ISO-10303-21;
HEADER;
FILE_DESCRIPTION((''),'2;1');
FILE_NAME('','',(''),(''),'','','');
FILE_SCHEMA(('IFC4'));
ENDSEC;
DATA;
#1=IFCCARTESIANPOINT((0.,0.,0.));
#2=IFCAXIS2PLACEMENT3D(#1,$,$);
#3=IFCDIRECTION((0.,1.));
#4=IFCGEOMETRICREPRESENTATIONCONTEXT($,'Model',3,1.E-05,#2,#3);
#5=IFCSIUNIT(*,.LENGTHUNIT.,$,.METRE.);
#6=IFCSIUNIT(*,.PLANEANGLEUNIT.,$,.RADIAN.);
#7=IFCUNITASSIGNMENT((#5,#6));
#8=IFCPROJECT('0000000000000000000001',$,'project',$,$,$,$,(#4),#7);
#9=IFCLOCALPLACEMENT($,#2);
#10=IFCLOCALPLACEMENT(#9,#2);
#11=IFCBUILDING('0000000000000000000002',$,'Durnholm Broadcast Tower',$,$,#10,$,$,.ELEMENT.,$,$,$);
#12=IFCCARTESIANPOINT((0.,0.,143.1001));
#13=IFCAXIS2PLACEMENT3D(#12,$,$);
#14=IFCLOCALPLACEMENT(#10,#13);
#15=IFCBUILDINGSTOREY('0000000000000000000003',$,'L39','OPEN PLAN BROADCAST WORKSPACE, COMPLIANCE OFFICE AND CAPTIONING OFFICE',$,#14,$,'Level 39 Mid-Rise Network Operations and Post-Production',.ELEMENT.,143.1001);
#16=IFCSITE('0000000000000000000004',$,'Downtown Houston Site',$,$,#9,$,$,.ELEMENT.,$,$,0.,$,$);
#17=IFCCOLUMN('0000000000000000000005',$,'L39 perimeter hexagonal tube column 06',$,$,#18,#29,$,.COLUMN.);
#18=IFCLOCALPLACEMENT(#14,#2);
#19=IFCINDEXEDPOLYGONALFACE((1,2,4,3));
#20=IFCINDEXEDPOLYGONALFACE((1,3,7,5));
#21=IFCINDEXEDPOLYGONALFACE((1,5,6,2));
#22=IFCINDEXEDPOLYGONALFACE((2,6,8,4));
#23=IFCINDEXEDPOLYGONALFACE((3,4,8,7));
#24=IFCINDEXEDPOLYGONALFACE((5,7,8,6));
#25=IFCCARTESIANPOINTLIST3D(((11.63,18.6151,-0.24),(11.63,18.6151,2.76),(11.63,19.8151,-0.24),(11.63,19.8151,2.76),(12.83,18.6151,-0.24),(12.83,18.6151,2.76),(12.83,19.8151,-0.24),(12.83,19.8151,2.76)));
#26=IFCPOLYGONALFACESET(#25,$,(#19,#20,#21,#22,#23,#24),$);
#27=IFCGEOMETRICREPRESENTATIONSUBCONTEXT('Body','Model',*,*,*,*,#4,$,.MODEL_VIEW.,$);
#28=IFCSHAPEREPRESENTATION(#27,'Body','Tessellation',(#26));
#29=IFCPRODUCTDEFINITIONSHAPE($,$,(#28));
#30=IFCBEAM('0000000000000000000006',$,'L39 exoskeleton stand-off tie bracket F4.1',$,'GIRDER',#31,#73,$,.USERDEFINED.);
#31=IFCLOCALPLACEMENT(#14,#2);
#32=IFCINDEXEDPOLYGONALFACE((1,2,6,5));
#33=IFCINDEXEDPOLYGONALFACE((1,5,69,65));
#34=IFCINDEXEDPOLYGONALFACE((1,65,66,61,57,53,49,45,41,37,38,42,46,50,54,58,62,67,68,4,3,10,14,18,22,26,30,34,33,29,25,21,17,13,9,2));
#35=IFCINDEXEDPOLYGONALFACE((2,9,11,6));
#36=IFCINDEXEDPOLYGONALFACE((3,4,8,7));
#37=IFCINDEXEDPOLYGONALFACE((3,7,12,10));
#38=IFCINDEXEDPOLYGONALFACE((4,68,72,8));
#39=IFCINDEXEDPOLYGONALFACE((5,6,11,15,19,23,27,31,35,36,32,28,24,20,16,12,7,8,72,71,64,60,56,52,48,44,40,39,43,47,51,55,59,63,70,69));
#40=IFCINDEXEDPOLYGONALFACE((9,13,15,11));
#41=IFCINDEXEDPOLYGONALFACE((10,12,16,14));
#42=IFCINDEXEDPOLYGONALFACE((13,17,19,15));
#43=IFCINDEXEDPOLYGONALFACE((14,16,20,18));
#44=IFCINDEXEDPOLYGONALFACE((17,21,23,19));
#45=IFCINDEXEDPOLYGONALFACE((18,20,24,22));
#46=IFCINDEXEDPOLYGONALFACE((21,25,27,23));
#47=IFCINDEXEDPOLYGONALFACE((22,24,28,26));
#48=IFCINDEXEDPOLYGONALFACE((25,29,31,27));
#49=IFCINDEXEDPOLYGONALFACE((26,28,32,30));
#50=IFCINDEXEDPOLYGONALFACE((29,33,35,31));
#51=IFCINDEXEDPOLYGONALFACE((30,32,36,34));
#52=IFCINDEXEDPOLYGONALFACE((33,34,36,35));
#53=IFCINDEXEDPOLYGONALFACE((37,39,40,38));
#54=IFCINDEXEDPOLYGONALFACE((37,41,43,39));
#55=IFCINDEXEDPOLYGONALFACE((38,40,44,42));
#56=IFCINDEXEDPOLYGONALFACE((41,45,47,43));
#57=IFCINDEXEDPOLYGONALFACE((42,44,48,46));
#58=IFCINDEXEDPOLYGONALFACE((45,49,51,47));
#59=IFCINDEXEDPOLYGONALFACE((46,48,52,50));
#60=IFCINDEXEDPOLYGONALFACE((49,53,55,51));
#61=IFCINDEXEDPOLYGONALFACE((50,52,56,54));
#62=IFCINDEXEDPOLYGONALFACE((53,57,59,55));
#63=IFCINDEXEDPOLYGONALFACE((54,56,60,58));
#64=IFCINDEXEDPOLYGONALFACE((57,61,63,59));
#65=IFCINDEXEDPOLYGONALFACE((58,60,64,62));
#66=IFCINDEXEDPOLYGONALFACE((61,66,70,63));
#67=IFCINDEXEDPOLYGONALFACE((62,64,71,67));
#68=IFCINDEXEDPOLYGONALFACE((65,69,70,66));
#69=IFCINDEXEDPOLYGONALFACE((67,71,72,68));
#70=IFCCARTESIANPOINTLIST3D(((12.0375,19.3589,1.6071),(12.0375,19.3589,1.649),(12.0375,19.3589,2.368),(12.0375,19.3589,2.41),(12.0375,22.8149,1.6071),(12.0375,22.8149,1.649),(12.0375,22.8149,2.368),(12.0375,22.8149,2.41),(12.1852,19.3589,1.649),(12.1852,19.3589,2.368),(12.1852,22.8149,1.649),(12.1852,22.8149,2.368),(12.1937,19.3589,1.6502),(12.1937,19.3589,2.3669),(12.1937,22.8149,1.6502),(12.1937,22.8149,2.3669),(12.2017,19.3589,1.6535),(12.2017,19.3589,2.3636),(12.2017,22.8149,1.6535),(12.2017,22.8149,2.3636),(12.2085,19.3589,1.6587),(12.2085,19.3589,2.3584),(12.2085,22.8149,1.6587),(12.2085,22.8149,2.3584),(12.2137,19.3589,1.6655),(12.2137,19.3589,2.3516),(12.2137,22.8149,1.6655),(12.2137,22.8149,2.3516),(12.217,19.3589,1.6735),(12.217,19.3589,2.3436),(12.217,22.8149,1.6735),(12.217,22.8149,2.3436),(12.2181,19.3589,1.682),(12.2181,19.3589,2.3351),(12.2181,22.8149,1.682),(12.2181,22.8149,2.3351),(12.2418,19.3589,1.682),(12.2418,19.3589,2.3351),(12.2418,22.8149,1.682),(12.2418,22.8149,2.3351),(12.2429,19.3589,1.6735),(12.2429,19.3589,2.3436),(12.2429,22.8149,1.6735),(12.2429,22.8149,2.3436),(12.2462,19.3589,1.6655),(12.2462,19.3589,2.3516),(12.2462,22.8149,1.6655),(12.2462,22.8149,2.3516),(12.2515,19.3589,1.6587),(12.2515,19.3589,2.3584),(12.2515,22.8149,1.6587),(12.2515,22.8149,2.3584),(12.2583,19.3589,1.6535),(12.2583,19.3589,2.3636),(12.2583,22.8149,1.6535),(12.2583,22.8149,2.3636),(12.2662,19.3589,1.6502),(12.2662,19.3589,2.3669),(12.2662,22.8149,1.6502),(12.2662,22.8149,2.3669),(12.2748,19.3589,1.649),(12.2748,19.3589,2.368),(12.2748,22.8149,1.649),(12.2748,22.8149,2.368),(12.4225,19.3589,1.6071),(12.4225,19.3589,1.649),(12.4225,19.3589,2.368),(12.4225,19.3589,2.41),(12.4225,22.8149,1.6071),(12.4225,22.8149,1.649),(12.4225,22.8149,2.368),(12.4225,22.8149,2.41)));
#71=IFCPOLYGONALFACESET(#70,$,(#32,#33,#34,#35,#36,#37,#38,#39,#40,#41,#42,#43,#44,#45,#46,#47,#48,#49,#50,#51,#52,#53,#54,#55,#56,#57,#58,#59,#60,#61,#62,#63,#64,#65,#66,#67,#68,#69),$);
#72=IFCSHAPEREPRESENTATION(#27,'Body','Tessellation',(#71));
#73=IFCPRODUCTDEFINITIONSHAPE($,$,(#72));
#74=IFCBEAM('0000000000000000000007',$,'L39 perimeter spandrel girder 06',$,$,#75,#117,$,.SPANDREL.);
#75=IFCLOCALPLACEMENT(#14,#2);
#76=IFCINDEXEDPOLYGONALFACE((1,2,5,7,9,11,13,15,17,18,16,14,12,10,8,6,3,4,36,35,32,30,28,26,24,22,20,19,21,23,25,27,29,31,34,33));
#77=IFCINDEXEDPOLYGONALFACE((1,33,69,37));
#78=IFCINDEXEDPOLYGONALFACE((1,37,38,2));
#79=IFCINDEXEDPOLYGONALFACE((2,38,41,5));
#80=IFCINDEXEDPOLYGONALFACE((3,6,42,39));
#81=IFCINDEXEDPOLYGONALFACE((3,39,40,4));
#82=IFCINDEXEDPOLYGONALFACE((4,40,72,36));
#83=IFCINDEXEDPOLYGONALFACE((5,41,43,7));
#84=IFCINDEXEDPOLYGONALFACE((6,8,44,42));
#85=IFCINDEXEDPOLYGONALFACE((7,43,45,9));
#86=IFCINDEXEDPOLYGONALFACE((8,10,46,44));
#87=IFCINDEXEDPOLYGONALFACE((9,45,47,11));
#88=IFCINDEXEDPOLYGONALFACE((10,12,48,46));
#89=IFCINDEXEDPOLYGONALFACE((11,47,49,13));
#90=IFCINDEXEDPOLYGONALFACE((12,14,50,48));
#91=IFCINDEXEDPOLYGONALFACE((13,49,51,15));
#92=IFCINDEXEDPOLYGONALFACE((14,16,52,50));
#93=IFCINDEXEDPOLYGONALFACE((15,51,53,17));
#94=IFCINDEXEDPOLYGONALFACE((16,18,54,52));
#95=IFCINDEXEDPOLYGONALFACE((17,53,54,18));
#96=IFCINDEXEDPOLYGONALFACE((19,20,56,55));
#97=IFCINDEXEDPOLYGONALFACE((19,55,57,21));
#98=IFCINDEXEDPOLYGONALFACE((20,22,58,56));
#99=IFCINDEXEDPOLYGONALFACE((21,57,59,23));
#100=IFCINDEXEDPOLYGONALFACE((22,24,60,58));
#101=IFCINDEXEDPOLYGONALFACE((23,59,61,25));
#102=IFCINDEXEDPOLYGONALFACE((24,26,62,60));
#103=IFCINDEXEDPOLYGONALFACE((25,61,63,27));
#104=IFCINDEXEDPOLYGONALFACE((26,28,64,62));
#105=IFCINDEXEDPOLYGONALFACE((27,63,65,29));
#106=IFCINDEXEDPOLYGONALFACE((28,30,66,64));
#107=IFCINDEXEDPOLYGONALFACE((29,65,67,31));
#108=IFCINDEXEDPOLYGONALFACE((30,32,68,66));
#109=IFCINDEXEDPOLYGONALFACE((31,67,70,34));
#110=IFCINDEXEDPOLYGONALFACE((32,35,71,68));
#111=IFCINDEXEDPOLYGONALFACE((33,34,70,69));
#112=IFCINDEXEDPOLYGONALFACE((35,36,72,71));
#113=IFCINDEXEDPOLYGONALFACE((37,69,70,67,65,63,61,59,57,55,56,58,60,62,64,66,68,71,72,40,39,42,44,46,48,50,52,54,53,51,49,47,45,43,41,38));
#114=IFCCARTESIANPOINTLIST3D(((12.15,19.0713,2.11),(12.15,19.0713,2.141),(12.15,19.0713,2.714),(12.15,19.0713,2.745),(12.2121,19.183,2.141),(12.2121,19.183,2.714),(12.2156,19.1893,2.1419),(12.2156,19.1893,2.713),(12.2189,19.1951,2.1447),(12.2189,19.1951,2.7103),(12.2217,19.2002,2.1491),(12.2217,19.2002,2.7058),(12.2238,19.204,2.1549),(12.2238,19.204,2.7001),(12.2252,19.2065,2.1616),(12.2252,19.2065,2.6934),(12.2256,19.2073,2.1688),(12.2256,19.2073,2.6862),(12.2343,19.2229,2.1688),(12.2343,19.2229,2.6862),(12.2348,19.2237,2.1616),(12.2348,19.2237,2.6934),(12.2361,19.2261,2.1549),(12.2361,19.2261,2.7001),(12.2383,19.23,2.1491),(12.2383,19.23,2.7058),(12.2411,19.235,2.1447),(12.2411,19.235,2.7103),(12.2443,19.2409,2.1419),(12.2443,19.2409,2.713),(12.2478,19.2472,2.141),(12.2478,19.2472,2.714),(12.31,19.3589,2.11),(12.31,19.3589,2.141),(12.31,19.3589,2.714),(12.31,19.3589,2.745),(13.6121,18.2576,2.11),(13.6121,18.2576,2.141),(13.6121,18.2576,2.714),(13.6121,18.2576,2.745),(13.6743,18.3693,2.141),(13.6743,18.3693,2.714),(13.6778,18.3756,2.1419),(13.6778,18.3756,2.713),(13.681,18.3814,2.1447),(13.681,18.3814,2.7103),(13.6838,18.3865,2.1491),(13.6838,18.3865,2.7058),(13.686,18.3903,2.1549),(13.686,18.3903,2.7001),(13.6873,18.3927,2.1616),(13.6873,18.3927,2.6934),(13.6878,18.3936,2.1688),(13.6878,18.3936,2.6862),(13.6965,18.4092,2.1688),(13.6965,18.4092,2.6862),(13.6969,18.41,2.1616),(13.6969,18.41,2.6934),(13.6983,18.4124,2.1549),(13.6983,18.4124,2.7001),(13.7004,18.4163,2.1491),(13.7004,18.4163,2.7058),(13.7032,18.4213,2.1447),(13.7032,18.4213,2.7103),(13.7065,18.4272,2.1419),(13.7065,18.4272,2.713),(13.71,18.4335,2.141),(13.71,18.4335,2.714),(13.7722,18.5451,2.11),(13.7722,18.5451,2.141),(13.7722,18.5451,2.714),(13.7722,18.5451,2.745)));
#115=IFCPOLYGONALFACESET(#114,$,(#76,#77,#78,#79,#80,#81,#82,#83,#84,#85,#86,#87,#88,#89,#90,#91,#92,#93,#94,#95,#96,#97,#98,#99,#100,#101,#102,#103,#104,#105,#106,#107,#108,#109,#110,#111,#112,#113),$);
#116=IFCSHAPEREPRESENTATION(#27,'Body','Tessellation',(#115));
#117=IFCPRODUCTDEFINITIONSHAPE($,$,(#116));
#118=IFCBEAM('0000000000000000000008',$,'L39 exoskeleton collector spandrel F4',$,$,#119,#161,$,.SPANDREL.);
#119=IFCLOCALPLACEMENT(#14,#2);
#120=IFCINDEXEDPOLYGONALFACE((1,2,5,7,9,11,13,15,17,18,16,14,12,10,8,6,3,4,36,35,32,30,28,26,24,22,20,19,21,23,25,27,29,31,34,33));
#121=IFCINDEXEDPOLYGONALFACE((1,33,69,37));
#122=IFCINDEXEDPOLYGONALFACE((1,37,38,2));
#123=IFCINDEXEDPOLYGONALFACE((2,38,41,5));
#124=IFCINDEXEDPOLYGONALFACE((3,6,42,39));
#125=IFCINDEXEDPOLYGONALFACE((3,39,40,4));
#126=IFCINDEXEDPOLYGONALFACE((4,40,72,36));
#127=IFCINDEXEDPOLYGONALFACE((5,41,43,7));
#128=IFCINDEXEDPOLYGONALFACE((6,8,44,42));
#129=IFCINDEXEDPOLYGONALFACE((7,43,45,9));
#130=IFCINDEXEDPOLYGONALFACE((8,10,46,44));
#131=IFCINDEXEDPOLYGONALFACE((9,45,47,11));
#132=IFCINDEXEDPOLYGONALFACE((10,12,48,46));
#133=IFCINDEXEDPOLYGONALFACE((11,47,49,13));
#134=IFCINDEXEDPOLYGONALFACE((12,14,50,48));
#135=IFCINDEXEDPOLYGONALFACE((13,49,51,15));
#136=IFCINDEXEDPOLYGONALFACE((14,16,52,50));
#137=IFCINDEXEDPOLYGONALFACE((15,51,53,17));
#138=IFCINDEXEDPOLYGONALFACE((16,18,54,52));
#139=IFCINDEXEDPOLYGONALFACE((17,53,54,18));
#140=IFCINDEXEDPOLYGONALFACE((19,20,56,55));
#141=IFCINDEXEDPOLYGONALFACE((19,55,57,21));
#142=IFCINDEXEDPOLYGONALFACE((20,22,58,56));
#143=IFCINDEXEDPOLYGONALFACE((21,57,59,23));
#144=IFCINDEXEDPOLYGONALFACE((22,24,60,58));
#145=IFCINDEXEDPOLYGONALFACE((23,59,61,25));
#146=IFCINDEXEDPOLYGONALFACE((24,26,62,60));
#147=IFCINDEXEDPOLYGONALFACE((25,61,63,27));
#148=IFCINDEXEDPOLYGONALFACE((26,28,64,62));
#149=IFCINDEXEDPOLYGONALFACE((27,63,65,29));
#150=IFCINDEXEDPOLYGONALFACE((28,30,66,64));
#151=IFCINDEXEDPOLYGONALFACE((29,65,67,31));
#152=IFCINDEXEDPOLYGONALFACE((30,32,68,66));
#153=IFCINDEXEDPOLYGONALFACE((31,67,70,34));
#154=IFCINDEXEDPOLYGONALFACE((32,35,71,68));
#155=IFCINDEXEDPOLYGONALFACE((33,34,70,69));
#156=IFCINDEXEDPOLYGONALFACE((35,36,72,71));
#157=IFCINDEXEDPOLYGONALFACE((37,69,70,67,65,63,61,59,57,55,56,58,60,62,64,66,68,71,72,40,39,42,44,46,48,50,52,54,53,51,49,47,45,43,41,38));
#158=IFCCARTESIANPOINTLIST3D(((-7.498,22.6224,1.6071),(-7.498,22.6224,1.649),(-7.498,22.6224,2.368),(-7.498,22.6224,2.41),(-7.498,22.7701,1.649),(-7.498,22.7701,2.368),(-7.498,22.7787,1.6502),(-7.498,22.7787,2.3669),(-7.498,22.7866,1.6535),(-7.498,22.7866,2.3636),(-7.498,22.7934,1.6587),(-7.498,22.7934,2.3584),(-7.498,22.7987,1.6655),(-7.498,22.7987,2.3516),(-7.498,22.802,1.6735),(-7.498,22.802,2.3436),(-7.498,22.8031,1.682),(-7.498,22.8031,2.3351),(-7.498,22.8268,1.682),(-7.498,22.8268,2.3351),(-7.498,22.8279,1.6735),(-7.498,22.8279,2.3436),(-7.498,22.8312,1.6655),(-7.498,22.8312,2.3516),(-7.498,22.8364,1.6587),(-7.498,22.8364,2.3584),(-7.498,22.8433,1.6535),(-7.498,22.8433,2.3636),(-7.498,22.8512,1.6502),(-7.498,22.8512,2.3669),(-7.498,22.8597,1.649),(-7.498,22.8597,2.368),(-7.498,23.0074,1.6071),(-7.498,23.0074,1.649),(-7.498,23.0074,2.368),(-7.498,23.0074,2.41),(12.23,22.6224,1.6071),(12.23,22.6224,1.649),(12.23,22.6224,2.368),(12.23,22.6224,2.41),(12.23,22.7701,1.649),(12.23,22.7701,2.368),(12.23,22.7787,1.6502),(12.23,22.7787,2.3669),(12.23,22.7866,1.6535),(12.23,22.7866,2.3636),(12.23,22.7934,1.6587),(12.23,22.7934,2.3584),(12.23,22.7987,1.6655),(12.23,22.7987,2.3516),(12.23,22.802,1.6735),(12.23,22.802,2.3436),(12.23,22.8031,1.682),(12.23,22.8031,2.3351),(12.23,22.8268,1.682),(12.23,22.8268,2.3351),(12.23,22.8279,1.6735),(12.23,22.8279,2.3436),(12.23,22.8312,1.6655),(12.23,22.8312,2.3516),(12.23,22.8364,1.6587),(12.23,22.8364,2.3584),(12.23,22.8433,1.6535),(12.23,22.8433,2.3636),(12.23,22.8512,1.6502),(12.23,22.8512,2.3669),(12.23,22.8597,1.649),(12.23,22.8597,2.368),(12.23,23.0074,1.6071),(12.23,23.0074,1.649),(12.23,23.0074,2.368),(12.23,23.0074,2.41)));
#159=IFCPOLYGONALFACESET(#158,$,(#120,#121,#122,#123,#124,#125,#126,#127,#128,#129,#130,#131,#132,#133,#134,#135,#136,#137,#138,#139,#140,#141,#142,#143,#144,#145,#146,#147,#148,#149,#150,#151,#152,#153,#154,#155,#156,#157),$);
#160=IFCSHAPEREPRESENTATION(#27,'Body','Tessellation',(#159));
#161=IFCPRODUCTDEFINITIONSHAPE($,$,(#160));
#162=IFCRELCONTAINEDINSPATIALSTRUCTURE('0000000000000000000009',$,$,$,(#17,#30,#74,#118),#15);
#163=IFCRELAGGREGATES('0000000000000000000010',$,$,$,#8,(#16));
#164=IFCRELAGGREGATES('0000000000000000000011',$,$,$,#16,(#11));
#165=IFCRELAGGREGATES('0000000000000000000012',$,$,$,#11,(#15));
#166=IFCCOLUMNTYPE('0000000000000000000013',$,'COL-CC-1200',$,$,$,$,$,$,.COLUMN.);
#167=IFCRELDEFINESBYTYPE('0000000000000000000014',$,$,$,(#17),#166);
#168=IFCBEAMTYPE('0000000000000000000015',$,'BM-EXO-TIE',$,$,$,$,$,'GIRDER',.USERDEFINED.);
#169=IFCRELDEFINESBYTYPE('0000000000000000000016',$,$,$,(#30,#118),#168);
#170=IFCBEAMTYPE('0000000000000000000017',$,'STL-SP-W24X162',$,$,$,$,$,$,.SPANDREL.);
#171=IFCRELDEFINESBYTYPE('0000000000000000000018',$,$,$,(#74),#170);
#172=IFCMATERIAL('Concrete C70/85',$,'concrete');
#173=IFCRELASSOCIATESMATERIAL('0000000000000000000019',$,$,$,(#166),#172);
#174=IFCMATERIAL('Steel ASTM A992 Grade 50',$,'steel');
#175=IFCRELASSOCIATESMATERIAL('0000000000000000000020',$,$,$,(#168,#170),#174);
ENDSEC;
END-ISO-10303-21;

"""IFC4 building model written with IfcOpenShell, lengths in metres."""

from ifc_helpers import new_model, si_unit, direction, frame, origin, origin_2d, place, context, subcontext, project, spatial, rectangle, i_section, extrude, source, transform, mapped, material, material_profile, profile_set, type_object, type_shapes, element, save


model = new_model("IFC4")

# Units and contexts
model_context = context("Model", 3, precision=1e-05, world=origin(), true_north=direction((0.0, 1.0)))
body_context = subcontext(model_context, "Body", "Model", "MODEL_VIEW")
ifc_project = project(units=[si_unit("LENGTHUNIT", "METRE"), si_unit("PLANEANGLEUNIT", "RADIAN")], contexts=[model_context])

# Site, building, storey
site_placement = place(None, origin())
site = spatial("IfcSite", under=ifc_project, at=site_placement, Name="Downtown Houston Site", CompositionType="ELEMENT", RefElevation=0.0)
building_placement = place(site_placement, origin())
building = spatial("IfcBuilding", under=site, at=building_placement, Name="Durnholm Broadcast Tower", CompositionType="ELEMENT")
storey_placement = place(building_placement, frame((0.0, 0.0, 143.1001)))
storey = spatial("IfcBuildingStorey", under=building, at=storey_placement, Name="L39", Description="OPEN PLAN BROADCAST WORKSPACE, COMPLIANCE OFFICE AND CAPTIONING OFFICE", LongName="Level 39 Mid-Rise Network Operations and Post-Production", CompositionType="ELEMENT", Elevation=143.1001)

# Column
ifc_material_1 = material(Name="Concrete C70/85", Category="concrete")
ifc_material_profile_1 = material_profile(ifc_material_1, rectangle(XDim=1.2, YDim=1.2, at=origin_2d()), Name="RC1200X1200")
ifc_profile_set_1 = profile_set([ifc_material_profile_1], Name="Concrete C70/85")
column_type = type_object("IfcColumnType", Name="COL-CC-1200", PredefinedType="COLUMN", material=ifc_profile_set_1)
shared_shape_1 = source(origin(), body_context, "Body", "SweptSolid", [
    extrude(rectangle(XDim=1.2, YDim=1.2, at=origin_2d()), origin(), (0.0, 0.0, 1.0), 3.0),
])
type_shapes(column_type, [shared_shape_1])
column_placement = place(storey_placement, frame((12.23, 19.2151, -0.24), z_axis=(0.0, 0.0, 1.0), x_axis=(1.0, 0.0, 0.0)))
element("IfcColumn", 1, at=column_placement, inside=storey, type_object=column_type, Name="L39 perimeter hexagonal tube column 06", PredefinedType="COLUMN", context=body_context, shape_type="MappedRepresentation", body=[
    mapped(shared_shape_1, transform((0.0, 0.0, 0.0), x_axis=(1.0, 0.0, 0.0), y_axis=(0.0, 1.0, 0.0), z_axis=(0.0, 0.0, 1.0), scale=1.0)),
])

# Beams
ifc_material_2 = material(Name="Steel ASTM A992 Grade 50", Category="steel")
ifc_material_profile_2 = material_profile(ifc_material_2, i_section(OverallWidth=0.385, OverallDepth=0.803, WebThickness=0.0237, FlangeThickness=0.042, FilletRadius=0.033, at=origin_2d()), Name="W30X261")
ifc_profile_set_2 = profile_set([ifc_material_profile_2], Name="Steel ASTM A992 Grade 50")
beam_type_1 = type_object("IfcBeamType", Name="BM-EXO-TIE", ElementType="GIRDER", PredefinedType="USERDEFINED", material=ifc_profile_set_2)
shared_shape_2 = source(origin(), body_context, "Body", "SweptSolid", [
    extrude(i_section(OverallWidth=0.385, OverallDepth=0.803, WebThickness=0.0237, FlangeThickness=0.042, FilletRadius=0.033, at=origin_2d()), origin(), (0.0, 0.0, 1.0), 3.4561),
])
beam_1_placement = place(storey_placement, frame((12.23, 19.3589, 2.0085), z_axis=(0.0, 1.0, 0.0), x_axis=(-1.0, 0.0, 0.0)))
element("IfcBeam", 2, at=beam_1_placement, inside=storey, type_object=beam_type_1, Name="L39 exoskeleton stand-off tie bracket F4.1", ObjectType="GIRDER", PredefinedType="USERDEFINED", context=body_context, shape_type="MappedRepresentation", body=[
    mapped(shared_shape_2, transform((0.0, 0.0, 0.0), x_axis=(1.0, 0.0, 0.0), y_axis=(0.0, 1.0, 0.0), z_axis=(0.0, 0.0, 1.0), scale=1.0)),
])
ifc_material_profile_3 = material_profile(ifc_material_2, i_section(OverallWidth=0.3291, OverallDepth=0.635, WebThickness=0.0178, FlangeThickness=0.031, FilletRadius=0.0278, at=origin_2d()), Name="W24X162")
ifc_profile_set_3 = profile_set([ifc_material_profile_3], Name="Steel ASTM A992 Grade 50")
beam_type_2 = type_object("IfcBeamType", Name="STL-SP-W24X162", PredefinedType="SPANDREL", material=ifc_profile_set_3)
shared_shape_3 = source(origin(), body_context, "Body", "SweptSolid", [
    extrude(i_section(OverallWidth=0.3291, OverallDepth=0.635, WebThickness=0.0178, FlangeThickness=0.031, FilletRadius=0.0278, at=origin_2d()), origin(), (0.0, 0.0, 1.0), 1.6733),
])
type_shapes(beam_type_2, [shared_shape_3])
beam_2_placement = place(storey_placement, frame((12.23, 19.2151, 2.4275), z_axis=(0.873799, -0.486287, 0.0), x_axis=(0.486287, 0.873799, 0.0)))
element("IfcBeam", 3, at=beam_2_placement, inside=storey, type_object=beam_type_2, Name="L39 perimeter spandrel girder 06", PredefinedType="SPANDREL", context=body_context, shape_type="MappedRepresentation", body=[
    mapped(shared_shape_3, transform((0.0, 0.0, 0.0), x_axis=(1.0, 0.0, 0.0), y_axis=(0.0, 1.0, 0.0), z_axis=(0.0, 0.0, 1.0), scale=1.0)),
])
shared_shape_4 = source(origin(), body_context, "Body", "SweptSolid", [
    extrude(i_section(OverallWidth=0.385, OverallDepth=0.803, WebThickness=0.0237, FlangeThickness=0.042, FilletRadius=0.033, at=origin_2d()), origin(), (0.0, 0.0, 1.0), 19.728),
])
type_shapes(beam_type_1, [shared_shape_2, shared_shape_4])
beam_3_placement = place(storey_placement, frame((12.23, 22.8149, 2.0085), z_axis=(-1.0, 0.0, 0.0), x_axis=(0.0, -1.0, 0.0)))
element("IfcBeam", 4, at=beam_3_placement, inside=storey, type_object=beam_type_1, Name="L39 exoskeleton collector spandrel F4", PredefinedType="SPANDREL", context=body_context, shape_type="MappedRepresentation", body=[
    mapped(shared_shape_4, transform((0.0, 0.0, 0.0), x_axis=(1.0, 0.0, 0.0), y_axis=(0.0, 1.0, 0.0), z_axis=(0.0, 0.0, 1.0), scale=1.0)),
])

save(model, "model.ifc")
